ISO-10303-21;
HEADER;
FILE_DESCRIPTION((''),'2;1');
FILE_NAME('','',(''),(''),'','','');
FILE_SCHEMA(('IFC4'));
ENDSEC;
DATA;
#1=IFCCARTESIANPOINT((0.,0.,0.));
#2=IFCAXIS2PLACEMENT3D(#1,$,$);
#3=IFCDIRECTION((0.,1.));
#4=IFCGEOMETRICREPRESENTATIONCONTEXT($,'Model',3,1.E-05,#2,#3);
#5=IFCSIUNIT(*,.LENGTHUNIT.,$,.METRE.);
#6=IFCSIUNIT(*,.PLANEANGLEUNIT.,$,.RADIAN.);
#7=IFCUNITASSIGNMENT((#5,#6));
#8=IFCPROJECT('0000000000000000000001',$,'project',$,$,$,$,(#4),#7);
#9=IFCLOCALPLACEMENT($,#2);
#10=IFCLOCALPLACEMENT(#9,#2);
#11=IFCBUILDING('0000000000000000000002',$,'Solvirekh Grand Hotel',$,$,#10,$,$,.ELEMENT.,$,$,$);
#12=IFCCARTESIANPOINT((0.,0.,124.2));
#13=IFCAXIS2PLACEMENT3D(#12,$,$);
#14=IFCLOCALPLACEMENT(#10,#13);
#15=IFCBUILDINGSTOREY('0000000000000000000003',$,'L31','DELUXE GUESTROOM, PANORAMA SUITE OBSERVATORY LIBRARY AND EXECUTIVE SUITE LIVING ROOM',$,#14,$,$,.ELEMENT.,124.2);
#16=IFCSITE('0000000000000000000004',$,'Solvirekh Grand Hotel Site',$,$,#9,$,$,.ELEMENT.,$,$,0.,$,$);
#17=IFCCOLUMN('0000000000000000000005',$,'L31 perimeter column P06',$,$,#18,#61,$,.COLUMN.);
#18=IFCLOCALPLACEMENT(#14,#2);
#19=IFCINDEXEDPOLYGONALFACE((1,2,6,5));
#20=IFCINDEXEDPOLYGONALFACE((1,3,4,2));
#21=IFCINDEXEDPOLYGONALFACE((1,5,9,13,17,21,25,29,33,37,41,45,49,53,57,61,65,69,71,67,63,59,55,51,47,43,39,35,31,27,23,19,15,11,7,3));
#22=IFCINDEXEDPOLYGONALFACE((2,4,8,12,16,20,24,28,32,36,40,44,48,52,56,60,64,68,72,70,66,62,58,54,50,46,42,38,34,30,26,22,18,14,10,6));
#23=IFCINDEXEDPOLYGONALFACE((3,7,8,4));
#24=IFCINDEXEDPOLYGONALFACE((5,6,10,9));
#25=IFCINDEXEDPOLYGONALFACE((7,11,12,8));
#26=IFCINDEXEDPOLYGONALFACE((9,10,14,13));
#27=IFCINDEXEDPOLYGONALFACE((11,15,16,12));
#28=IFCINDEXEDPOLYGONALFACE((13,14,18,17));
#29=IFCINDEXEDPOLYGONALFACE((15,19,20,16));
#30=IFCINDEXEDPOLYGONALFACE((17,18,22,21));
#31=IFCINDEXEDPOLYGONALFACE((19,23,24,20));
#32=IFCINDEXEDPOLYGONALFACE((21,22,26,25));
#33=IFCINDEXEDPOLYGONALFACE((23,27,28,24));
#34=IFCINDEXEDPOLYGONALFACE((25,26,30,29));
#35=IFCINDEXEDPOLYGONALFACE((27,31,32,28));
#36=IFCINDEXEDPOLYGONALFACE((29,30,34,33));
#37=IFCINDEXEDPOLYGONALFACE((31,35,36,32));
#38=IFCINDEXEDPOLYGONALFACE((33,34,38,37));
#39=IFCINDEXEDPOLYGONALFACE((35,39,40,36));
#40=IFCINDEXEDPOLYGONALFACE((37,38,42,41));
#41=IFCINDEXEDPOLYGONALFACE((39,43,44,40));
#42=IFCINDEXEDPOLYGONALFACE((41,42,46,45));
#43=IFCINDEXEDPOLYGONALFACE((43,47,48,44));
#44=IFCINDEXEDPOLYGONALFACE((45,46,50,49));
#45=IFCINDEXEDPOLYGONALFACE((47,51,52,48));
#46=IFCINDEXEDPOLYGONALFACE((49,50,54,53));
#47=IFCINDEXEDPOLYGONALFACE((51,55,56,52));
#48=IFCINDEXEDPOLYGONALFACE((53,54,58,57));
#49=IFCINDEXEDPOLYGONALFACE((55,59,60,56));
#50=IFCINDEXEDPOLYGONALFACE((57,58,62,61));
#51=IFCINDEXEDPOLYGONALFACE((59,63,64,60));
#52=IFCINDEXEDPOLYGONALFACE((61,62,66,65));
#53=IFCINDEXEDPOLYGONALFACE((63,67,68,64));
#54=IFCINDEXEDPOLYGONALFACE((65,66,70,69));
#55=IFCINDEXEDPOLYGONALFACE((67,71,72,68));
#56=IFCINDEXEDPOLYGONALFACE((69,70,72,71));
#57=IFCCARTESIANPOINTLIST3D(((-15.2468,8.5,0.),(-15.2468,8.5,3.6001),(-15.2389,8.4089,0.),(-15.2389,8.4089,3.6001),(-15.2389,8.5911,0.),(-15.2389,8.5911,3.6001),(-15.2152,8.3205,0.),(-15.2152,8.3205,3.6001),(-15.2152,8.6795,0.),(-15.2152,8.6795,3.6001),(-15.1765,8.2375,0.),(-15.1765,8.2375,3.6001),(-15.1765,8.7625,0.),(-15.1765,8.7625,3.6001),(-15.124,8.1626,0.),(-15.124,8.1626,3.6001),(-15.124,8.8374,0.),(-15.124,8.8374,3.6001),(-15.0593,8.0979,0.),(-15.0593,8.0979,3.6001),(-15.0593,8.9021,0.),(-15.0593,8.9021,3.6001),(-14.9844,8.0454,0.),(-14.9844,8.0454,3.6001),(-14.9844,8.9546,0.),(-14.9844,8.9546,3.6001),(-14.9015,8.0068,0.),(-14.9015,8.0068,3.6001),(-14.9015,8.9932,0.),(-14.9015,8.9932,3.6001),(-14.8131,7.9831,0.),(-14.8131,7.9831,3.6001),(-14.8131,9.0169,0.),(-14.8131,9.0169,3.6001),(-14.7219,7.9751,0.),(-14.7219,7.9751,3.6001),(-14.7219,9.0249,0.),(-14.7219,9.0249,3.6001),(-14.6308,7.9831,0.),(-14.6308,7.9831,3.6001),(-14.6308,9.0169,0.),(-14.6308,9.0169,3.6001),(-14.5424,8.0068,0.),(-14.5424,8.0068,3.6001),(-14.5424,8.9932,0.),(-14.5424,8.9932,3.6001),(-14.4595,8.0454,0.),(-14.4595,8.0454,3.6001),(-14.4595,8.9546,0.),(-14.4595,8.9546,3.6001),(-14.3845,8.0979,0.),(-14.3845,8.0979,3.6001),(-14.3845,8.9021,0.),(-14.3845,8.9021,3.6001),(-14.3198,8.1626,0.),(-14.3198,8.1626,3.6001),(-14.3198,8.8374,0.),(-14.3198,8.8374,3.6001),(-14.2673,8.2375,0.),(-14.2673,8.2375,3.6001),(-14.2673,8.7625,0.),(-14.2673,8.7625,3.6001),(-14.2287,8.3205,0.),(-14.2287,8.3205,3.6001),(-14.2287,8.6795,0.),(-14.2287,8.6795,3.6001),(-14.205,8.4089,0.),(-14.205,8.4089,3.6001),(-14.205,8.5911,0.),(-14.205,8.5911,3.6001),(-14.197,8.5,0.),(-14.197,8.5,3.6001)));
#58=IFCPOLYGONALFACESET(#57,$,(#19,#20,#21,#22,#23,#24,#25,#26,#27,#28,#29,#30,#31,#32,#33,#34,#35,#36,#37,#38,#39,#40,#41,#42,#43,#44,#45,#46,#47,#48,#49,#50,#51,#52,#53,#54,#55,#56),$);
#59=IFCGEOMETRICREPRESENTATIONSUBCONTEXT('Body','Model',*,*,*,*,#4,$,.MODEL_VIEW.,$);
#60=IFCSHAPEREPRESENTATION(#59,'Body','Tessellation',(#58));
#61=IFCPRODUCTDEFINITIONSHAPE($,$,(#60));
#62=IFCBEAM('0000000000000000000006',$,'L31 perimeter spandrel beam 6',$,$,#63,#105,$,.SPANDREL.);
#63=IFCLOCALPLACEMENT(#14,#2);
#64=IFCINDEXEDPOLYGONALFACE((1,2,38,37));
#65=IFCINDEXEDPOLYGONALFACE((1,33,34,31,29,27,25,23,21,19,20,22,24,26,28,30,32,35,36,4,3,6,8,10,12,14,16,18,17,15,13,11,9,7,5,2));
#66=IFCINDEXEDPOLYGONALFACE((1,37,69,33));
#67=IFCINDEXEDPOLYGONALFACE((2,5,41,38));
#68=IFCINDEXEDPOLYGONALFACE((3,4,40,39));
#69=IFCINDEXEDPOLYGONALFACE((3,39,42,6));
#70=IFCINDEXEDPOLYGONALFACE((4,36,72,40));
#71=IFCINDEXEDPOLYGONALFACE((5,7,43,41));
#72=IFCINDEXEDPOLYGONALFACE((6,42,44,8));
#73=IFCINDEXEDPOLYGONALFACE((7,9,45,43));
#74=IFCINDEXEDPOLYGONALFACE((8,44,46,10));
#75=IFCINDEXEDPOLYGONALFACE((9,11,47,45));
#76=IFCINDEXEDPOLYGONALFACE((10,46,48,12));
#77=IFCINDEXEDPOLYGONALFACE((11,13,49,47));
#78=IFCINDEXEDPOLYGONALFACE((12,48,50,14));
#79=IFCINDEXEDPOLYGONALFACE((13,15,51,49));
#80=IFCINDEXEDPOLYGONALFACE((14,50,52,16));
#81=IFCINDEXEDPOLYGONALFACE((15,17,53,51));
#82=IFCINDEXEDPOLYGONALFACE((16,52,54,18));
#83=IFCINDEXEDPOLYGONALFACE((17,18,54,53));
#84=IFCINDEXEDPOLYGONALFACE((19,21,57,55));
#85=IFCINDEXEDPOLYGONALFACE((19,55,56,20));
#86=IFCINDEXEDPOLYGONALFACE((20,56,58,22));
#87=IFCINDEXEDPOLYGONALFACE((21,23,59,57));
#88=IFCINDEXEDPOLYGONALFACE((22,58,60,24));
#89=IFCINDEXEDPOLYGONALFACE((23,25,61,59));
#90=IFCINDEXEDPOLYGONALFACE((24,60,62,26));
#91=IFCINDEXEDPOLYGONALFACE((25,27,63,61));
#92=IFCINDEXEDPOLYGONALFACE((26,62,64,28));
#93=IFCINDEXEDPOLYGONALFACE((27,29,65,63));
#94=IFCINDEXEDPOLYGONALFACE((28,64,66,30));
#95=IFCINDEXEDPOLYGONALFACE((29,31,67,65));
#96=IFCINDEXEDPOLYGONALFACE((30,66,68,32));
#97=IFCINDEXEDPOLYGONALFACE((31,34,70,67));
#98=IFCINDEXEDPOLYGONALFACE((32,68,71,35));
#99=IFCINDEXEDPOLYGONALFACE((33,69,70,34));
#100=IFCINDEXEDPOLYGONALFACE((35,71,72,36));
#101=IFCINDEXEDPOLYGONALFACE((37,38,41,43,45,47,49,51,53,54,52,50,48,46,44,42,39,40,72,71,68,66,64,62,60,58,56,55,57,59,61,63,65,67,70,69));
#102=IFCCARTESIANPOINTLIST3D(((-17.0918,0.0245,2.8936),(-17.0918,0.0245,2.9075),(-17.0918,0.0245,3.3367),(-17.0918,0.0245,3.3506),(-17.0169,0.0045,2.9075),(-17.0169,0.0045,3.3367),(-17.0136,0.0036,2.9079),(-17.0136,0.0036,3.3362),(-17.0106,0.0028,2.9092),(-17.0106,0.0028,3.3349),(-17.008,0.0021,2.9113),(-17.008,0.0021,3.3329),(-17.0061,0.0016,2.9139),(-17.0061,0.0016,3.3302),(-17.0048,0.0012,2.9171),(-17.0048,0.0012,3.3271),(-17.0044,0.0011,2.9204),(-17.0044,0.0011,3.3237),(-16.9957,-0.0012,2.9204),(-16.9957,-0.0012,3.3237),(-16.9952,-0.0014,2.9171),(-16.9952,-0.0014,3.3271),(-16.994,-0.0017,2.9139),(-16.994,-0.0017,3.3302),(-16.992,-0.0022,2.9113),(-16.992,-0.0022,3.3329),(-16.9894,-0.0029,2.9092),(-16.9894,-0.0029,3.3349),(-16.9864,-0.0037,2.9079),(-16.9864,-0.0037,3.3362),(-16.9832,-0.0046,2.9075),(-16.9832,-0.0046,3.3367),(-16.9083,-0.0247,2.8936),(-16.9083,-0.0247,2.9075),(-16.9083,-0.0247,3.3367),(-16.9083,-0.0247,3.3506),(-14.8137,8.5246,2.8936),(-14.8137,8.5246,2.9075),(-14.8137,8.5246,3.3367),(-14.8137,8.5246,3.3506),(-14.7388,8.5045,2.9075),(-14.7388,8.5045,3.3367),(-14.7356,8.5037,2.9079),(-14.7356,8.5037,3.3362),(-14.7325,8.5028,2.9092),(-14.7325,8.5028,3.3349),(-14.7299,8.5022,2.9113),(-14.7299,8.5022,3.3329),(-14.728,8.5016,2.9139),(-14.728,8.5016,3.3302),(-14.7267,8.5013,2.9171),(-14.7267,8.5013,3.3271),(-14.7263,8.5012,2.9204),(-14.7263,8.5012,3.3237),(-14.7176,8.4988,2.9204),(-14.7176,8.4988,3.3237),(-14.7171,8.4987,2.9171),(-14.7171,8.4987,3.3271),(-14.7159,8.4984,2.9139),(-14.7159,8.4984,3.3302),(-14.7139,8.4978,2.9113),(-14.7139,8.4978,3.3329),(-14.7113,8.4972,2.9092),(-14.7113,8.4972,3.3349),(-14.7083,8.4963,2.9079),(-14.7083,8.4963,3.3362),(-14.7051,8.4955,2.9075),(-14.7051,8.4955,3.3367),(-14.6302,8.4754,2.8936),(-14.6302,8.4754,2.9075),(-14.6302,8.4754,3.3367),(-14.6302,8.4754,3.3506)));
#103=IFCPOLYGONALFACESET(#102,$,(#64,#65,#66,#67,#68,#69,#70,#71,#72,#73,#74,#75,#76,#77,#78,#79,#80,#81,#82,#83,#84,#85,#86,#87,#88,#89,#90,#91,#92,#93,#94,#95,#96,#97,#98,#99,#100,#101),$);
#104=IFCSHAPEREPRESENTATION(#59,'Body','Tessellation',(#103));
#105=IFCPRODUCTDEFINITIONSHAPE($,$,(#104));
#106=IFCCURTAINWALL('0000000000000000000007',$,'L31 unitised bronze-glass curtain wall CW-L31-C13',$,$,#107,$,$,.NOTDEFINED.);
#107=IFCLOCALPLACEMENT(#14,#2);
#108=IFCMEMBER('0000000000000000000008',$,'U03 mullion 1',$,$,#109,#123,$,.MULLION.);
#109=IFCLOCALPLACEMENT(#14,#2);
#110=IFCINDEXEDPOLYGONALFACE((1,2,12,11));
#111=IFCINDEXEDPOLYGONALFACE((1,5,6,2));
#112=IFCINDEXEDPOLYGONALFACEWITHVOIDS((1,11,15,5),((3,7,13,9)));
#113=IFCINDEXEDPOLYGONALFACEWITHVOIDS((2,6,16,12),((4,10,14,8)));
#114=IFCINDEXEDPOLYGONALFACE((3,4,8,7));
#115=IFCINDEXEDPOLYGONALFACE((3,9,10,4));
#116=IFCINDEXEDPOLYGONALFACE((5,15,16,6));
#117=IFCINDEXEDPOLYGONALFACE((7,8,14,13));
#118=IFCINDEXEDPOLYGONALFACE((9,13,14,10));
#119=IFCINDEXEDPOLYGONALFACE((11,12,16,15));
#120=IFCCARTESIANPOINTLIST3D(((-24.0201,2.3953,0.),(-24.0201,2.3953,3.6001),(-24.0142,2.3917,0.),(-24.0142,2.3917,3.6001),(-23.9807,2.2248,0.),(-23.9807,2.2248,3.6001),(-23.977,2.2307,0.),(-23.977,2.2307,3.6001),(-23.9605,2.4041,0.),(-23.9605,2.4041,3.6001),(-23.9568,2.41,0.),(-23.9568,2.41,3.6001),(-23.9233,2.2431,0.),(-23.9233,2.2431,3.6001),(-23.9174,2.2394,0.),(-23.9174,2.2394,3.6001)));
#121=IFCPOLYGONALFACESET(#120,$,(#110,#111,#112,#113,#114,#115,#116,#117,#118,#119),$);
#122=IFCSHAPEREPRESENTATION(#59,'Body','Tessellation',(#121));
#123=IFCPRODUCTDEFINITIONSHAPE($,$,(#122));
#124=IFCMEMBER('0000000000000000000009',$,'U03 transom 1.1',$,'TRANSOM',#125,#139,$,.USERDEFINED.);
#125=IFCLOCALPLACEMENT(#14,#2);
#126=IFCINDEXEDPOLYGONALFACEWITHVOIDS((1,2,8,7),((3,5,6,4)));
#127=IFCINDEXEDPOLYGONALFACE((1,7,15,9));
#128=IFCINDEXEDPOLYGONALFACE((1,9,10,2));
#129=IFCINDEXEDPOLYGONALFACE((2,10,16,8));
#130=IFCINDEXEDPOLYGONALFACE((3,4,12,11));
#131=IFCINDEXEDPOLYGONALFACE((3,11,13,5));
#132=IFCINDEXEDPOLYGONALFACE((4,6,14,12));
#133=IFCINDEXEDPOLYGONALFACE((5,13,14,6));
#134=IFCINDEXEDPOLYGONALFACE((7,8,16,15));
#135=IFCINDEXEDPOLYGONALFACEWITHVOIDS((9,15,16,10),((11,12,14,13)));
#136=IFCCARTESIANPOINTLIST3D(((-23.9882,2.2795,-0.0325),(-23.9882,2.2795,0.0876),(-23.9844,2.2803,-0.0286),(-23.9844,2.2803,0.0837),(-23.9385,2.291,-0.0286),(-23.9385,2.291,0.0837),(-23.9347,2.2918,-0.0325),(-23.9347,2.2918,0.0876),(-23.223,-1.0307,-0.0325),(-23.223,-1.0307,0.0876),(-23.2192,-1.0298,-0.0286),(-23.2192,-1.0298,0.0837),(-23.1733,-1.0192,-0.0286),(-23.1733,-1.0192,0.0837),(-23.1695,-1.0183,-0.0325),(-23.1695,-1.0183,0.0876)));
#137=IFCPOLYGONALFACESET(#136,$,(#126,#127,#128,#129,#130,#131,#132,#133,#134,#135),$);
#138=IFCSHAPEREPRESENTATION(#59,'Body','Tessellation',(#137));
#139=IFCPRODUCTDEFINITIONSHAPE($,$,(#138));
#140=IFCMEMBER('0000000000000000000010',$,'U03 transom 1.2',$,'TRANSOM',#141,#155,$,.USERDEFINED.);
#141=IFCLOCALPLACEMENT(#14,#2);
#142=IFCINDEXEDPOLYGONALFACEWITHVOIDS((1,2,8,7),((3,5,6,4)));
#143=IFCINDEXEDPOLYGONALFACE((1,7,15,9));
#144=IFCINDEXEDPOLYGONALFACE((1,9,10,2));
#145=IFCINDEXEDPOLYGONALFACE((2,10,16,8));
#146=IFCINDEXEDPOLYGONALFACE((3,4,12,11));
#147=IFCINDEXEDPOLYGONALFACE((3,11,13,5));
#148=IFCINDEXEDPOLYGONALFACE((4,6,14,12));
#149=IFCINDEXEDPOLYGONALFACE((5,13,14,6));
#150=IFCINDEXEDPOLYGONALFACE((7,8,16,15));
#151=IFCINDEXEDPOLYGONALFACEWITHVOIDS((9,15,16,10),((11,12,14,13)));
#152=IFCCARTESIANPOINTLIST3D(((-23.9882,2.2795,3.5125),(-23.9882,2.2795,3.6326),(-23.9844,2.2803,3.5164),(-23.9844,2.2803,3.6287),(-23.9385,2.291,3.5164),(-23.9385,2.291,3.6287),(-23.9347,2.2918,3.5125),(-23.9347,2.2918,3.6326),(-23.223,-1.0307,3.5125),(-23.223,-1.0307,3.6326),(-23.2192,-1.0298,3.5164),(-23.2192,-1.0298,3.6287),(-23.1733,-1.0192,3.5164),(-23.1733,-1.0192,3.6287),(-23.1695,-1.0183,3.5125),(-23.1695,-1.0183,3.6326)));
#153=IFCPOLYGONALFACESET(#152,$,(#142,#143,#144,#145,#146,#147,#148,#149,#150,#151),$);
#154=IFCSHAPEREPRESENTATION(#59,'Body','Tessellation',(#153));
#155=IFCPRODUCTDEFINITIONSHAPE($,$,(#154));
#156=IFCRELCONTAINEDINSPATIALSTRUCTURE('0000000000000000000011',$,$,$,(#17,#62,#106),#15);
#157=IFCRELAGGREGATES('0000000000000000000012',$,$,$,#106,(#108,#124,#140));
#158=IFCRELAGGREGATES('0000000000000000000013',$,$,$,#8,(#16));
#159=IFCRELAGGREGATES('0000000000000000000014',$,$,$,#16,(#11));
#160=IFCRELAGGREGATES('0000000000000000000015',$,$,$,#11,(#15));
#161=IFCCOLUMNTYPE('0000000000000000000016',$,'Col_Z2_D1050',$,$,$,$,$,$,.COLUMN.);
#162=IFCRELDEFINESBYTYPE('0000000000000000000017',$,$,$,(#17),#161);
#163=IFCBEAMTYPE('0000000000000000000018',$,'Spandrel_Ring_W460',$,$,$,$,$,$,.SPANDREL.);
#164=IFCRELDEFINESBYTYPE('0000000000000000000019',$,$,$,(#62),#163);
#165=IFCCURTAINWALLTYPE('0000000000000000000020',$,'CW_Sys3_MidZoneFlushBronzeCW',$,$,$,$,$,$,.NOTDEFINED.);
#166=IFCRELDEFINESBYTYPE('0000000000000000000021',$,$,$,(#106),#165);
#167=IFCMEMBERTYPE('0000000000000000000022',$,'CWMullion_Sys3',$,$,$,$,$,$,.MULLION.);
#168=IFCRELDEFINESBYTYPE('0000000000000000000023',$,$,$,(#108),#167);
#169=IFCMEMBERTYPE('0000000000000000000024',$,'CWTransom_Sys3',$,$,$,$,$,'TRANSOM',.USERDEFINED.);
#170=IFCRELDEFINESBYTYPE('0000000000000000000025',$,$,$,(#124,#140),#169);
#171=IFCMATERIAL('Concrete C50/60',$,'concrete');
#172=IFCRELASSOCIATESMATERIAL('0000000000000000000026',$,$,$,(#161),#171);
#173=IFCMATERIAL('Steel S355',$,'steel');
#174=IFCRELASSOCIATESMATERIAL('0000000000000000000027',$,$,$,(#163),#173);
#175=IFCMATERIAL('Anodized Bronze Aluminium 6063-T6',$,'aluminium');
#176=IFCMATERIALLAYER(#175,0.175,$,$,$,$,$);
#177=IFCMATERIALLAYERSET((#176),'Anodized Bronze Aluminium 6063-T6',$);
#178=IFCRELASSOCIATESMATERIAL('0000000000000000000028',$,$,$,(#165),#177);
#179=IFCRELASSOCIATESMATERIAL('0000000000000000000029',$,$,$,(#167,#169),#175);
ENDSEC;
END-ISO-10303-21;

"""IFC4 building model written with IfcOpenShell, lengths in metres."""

from ifc_helpers import new_model, si_unit, direction, frame, origin, origin_2d, place, context, subcontext, project, spatial, hollow_rectangle, circle, i_section, extrude, source, transform, mapped, material, layer, layer_set, material_profile, profile_set, type_object, element, aggregate, save


model = new_model("IFC4")

# Units and contexts
model_context = context("Model", 3, precision=1e-05, world=origin(), true_north=direction((0.0, 1.0)))
body_context = subcontext(model_context, "Body", "Model", "MODEL_VIEW")
ifc_project = project(units=[si_unit("LENGTHUNIT", "METRE"), si_unit("PLANEANGLEUNIT", "RADIAN")], contexts=[model_context])

# Site, building, storey
site_placement = place(None, origin())
site = spatial("IfcSite", under=ifc_project, at=site_placement, Name="Solvirekh Grand Hotel Site", CompositionType="ELEMENT", RefElevation=0.0)
building_placement = place(site_placement, origin())
building = spatial("IfcBuilding", under=site, at=building_placement, Name="Solvirekh Grand Hotel", CompositionType="ELEMENT")
storey_placement = place(building_placement, frame((0.0, 0.0, 124.2)))
storey = spatial("IfcBuildingStorey", under=building, at=storey_placement, Name="L31", Description="DELUXE GUESTROOM, PANORAMA SUITE OBSERVATORY LIBRARY AND EXECUTIVE SUITE LIVING ROOM", CompositionType="ELEMENT", Elevation=124.2)

# Column
ifc_material_1 = material(Name="Concrete C50/60", Category="concrete")
ifc_material_profile_1 = material_profile(ifc_material_1, circle(Radius=0.5249, at=origin_2d()), Name="RC CIRC D1050")
ifc_profile_set_1 = profile_set([ifc_material_profile_1], Name="Concrete C50/60")
column_type = type_object("IfcColumnType", Name="Col_Z2_D1050", PredefinedType="COLUMN", material=ifc_profile_set_1)
column_placement = place(storey_placement, frame((-14.7219, 8.5, 0.0), z_axis=(0.0, 0.0, 1.0), x_axis=(1.0, 0.0, 0.0)))
element("IfcColumn", 1, at=column_placement, inside=storey, type_object=column_type, Name="L31 perimeter column P06", PredefinedType="COLUMN", context=body_context, shape_type="SweptSolid", body=[
    extrude(circle(Radius=0.5249, at=origin_2d()), origin(), (0.0, 0.0, 1.0), 3.6001),
])

# Beam
ifc_material_2 = material(Name="Steel S355", Category="steel")
ifc_material_profile_2 = material_profile(ifc_material_2, i_section(OverallWidth=0.1899, OverallDepth=0.457, WebThickness=0.009, FlangeThickness=0.0139, FilletRadius=0.0129, at=origin_2d()), Name="W460X74")
ifc_profile_set_2 = profile_set([ifc_material_profile_2], Name="Steel S355")
beam_type = type_object("IfcBeamType", Name="Spandrel_Ring_W460", PredefinedType="SPANDREL", material=ifc_profile_set_2)
beam_placement = place(storey_placement, frame((-14.7219, 8.5, 3.1221), z_axis=(-0.258873, -0.965911, 0.0), x_axis=(0.965911, -0.258873, 0.0)))
element("IfcBeam", 2, at=beam_placement, inside=storey, type_object=beam_type, Name="L31 perimeter spandrel beam 6", PredefinedType="SPANDREL", context=body_context, shape_type="SweptSolid", body=[
    extrude(i_section(OverallWidth=0.1899, OverallDepth=0.457, WebThickness=0.009, FlangeThickness=0.0139, FilletRadius=0.0129, at=origin_2d()), origin(), (0.0, 0.0, 1.0), 8.8),
])

# Curtain wall, members
ifc_material_3 = material(Name="Anodized Bronze Aluminium 6063-T6", Category="aluminium")
ifc_layer_1 = layer(ifc_material_3, 0.175)
ifc_layer_set_1 = layer_set([ifc_layer_1], Name="Anodized Bronze Aluminium 6063-T6")
curtain_wall_type = type_object("IfcCurtainWallType", Name="CW_Sys3_MidZoneFlushBronzeCW", PredefinedType="NOTDEFINED", material=ifc_layer_set_1)
curtain_wall_placement = place(storey_placement, origin())
curtain_wall = element("IfcCurtainWall", 3, at=curtain_wall_placement, inside=storey, type_object=curtain_wall_type, Name="L31 unitised bronze-glass curtain wall CW-L31-C13", PredefinedType="NOTDEFINED")
ifc_material_profile_3 = material_profile(ifc_material_3, hollow_rectangle(XDim=0.0649, YDim=0.175, WallThickness=0.0049, at=origin_2d()), Name="ALU RHS 175X65X5")
ifc_profile_set_3 = profile_set([ifc_material_profile_3], Name="Anodized Bronze Aluminium 6063-T6")
member_type_1 = type_object("IfcMemberType", Name="CWMullion_Sys3", PredefinedType="MULLION", material=ifc_profile_set_3)
shared_shape_1 = source(origin(), body_context, "Body", "SweptSolid", [
    extrude(hollow_rectangle(XDim=0.0649, YDim=0.175, WallThickness=0.0049, at=origin_2d()), origin(), (0.0, 0.0, 1.0), 3.6001),
])
member_1_placement = place(storey_placement, frame((-23.9688, 2.3174, 0.0), z_axis=(0.0, 0.0, 1.0), x_axis=(0.974314, 0.225194, 0.0)))
member_1 = element("IfcMember", 4, at=member_1_placement, type_object=member_type_1, Name="U03 mullion 1", PredefinedType="MULLION", context=body_context, shape_type="MappedRepresentation", body=[
    mapped(shared_shape_1, transform((0.0, 0.0, 0.0), x_axis=(1.0, 0.0, 0.0), y_axis=(0.0, 1.0, 0.0), z_axis=(0.0, 0.0, 1.0), scale=1.0)),
])
ifc_material_profile_4 = material_profile(ifc_material_3, hollow_rectangle(XDim=0.0549, YDim=0.1201, WallThickness=0.0039, at=origin_2d()), Name="ALU RHS 120X55X4")
ifc_profile_set_4 = profile_set([ifc_material_profile_4], Name="Anodized Bronze Aluminium 6063-T6")
member_type_2 = type_object("IfcMemberType", Name="CWTransom_Sys3", ElementType="TRANSOM", PredefinedType="USERDEFINED", material=ifc_profile_set_4)
shared_shape_2 = source(origin(), body_context, "Body", "SweptSolid", [
    extrude(hollow_rectangle(XDim=0.0549, YDim=0.1201, WallThickness=0.0039, at=origin_2d()), origin(), (0.0, 0.0, 1.0), 3.3975),
])
member_2_placement = place(storey_placement, frame((-23.9614, 2.2856, 0.0276), z_axis=(0.225216, -0.974309, 0.0), x_axis=(0.974309, 0.225216, 0.0)))
member_2 = element("IfcMember", 5, at=member_2_placement, type_object=member_type_2, Name="U03 transom 1.1", ObjectType="TRANSOM", PredefinedType="USERDEFINED", context=body_context, shape_type="MappedRepresentation", body=[
    mapped(shared_shape_2, transform((0.0, 0.0, 0.0), x_axis=(1.0, 0.0, 0.0), y_axis=(0.0, 1.0, 0.0), z_axis=(0.0, 0.0, 1.0), scale=1.0)),
])
member_3_placement = place(storey_placement, frame((-23.9614, 2.2856, 3.5725), z_axis=(0.225216, -0.974309, 0.0), x_axis=(0.974309, 0.225216, 0.0)))
member_3 = element("IfcMember", 6, at=member_3_placement, type_object=member_type_2, Name="U03 transom 1.2", ObjectType="TRANSOM", PredefinedType="USERDEFINED", context=body_context, shape_type="MappedRepresentation", body=[
    mapped(shared_shape_2, transform((0.0, 0.0, 0.0), x_axis=(1.0, 0.0, 0.0), y_axis=(0.0, 1.0, 0.0), z_axis=(0.0, 0.0, 1.0), scale=1.0)),
])
aggregate(curtain_wall, [member_1, member_2, member_3])

save(model, "model.ifc")
